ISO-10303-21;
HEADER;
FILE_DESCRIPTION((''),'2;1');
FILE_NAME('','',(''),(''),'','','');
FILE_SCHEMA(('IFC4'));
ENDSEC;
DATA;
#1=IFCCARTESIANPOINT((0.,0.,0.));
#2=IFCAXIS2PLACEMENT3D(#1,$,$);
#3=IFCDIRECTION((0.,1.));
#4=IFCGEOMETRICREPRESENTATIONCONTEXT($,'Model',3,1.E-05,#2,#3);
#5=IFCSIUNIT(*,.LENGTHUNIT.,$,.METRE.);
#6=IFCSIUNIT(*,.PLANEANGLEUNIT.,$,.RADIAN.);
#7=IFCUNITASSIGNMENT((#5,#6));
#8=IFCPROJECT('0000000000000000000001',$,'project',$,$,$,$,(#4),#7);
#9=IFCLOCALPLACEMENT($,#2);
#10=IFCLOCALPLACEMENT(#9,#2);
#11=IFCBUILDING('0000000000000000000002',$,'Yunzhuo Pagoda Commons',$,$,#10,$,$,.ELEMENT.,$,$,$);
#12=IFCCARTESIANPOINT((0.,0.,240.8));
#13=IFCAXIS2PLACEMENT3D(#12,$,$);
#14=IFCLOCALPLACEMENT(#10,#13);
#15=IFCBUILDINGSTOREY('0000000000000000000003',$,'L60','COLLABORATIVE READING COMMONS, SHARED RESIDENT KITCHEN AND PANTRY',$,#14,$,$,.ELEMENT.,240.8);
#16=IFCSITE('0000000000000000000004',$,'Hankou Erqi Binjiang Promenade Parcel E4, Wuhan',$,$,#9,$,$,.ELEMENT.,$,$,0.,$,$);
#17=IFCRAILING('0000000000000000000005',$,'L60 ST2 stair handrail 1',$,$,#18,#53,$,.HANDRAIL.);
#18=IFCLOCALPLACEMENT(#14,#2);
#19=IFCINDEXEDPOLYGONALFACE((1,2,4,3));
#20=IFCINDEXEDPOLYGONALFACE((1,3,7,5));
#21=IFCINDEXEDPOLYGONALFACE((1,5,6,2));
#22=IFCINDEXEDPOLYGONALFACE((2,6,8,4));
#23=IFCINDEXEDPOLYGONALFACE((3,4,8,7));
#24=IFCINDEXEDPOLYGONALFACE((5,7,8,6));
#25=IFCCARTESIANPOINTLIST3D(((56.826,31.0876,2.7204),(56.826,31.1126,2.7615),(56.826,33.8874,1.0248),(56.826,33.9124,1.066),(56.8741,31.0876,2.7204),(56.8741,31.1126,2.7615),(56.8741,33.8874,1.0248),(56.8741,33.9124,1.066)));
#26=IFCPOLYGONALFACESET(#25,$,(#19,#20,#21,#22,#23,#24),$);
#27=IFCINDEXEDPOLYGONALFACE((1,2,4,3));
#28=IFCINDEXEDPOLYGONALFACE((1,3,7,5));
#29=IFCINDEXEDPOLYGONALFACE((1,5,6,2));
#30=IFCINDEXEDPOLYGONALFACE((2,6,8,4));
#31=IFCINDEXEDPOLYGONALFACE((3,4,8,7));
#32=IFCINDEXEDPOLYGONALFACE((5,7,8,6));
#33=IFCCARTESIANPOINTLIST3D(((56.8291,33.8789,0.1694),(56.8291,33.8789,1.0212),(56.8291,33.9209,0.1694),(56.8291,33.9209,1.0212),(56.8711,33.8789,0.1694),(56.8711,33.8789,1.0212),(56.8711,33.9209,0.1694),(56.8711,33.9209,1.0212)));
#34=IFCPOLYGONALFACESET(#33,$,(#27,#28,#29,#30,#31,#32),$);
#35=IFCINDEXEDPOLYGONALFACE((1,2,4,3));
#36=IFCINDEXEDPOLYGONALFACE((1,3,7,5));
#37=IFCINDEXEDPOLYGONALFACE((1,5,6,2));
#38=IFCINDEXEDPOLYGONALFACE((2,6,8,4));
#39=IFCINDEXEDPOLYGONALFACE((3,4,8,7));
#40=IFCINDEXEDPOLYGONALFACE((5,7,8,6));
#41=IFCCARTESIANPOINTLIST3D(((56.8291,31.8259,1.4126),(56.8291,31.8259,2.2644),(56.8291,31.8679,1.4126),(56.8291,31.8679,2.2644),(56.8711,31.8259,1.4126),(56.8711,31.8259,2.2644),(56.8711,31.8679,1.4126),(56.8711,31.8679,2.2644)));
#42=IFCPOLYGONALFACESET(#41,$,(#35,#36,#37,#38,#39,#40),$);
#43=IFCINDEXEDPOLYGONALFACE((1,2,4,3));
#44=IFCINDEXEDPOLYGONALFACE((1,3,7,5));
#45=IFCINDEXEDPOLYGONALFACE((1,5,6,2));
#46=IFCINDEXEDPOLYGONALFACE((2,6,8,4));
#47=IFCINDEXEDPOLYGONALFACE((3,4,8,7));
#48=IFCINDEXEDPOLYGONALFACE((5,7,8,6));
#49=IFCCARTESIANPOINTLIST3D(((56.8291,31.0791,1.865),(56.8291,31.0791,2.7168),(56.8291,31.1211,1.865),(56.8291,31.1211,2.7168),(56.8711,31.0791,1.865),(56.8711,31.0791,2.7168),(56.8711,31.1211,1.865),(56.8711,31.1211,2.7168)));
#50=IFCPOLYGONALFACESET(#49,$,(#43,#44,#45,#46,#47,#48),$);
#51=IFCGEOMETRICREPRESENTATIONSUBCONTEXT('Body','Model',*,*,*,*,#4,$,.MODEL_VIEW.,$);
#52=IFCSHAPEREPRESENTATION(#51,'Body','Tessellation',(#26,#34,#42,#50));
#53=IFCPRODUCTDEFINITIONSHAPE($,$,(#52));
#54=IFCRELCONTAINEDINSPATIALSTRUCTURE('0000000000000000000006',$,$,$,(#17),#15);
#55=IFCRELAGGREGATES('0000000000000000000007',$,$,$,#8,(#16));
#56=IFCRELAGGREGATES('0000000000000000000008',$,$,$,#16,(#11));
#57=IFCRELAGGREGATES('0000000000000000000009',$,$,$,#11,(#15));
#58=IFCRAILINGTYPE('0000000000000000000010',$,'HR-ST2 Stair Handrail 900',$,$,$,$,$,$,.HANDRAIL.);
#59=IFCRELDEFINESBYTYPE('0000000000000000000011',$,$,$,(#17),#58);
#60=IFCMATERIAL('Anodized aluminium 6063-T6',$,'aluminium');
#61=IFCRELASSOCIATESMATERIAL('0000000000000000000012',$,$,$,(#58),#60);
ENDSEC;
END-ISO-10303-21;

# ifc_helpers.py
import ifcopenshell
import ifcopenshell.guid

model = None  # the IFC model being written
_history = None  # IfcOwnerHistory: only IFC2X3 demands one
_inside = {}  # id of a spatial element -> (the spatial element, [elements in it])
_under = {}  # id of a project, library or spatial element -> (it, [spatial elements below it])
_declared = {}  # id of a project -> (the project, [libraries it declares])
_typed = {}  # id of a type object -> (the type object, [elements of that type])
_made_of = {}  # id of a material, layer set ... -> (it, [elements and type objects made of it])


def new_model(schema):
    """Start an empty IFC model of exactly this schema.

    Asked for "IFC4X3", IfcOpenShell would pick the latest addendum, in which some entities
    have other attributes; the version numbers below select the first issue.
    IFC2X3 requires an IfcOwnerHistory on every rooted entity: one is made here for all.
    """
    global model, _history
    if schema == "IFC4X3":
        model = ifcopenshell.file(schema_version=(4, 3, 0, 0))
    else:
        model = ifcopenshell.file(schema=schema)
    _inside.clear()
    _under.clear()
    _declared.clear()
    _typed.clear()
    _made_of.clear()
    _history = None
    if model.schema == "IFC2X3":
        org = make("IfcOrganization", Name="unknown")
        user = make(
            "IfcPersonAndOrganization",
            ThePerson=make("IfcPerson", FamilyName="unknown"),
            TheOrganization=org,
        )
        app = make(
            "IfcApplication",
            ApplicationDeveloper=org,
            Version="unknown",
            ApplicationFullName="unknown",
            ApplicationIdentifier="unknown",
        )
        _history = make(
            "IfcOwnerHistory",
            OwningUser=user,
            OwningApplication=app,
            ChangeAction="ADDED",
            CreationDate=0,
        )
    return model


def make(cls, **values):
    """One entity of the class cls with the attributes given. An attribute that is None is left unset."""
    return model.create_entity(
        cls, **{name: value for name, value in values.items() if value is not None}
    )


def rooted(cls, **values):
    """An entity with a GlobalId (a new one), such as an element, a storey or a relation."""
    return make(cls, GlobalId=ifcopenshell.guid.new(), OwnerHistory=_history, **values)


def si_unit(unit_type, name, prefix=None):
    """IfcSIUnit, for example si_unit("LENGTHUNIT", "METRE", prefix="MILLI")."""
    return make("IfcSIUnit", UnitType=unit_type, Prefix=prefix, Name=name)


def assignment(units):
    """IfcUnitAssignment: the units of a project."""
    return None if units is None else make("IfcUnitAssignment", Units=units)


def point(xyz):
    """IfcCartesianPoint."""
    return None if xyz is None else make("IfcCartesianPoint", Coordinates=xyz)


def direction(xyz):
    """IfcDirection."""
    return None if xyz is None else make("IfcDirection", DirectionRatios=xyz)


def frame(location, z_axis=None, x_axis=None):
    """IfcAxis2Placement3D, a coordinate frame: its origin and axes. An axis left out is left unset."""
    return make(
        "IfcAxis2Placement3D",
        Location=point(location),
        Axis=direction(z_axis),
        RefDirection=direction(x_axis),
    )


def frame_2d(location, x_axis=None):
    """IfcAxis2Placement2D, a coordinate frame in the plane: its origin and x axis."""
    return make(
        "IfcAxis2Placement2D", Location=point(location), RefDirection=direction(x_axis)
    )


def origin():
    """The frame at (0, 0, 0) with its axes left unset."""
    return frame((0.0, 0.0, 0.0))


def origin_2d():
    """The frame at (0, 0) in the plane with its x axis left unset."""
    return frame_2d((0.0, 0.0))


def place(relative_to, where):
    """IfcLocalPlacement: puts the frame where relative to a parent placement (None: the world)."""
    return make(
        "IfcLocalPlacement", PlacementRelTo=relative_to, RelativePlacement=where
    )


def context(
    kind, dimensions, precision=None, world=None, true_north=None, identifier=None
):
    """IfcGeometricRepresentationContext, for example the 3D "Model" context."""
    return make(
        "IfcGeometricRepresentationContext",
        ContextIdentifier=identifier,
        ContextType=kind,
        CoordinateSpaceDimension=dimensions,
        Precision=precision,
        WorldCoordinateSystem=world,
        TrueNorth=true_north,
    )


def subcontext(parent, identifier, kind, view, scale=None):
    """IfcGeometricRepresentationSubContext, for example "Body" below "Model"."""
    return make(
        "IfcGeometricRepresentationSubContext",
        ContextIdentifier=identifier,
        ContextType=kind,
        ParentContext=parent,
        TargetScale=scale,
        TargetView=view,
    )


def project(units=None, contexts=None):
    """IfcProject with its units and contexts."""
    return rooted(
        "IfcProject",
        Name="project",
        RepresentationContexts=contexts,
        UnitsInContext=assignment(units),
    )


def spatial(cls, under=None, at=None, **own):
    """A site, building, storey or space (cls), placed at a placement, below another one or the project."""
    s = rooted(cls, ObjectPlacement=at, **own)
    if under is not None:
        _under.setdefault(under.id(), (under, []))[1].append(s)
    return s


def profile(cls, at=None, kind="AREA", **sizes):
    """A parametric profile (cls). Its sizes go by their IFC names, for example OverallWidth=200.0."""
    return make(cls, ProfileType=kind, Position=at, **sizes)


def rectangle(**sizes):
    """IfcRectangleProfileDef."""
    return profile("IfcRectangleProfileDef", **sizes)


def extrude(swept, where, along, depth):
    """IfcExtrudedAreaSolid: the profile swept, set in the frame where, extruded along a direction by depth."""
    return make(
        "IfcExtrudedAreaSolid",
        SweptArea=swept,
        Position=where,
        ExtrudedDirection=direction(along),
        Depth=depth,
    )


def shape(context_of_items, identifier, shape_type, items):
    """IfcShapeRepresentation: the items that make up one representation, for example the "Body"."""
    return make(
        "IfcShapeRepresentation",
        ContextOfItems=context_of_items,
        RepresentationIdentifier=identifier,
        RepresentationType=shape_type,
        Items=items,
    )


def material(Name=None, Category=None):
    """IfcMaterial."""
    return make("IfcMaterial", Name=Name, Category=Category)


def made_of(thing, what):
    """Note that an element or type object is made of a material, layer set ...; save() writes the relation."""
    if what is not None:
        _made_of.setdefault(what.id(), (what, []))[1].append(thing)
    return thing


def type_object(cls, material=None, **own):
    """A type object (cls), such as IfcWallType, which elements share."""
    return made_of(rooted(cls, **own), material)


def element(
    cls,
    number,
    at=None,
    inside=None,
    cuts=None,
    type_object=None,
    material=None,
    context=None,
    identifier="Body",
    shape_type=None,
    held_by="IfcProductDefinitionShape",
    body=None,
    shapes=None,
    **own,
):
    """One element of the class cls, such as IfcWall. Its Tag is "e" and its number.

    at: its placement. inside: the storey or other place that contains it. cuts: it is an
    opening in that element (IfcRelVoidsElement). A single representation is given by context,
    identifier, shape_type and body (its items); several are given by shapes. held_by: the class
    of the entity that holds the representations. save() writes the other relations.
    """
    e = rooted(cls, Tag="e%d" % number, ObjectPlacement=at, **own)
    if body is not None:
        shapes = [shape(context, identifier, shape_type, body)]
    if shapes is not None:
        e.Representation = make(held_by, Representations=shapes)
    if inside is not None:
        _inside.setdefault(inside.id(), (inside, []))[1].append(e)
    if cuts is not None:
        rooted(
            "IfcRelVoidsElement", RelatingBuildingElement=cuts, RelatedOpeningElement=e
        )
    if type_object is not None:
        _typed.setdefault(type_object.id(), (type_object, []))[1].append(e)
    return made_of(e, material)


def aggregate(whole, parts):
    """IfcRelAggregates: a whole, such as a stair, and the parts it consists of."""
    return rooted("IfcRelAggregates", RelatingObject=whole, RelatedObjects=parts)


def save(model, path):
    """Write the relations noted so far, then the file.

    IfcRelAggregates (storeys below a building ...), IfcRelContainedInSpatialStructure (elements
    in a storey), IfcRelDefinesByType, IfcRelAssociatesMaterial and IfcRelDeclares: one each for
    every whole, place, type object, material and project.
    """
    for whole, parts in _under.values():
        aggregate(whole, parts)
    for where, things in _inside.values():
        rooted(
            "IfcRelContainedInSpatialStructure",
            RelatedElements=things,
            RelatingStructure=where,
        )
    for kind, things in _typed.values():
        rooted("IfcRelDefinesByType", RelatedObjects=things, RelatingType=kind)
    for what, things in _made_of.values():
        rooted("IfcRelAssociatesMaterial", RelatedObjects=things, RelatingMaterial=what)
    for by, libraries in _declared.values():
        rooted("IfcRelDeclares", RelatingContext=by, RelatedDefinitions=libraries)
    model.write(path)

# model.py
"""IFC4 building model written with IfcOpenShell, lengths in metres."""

from ifc_helpers import new_model, si_unit, direction, frame, origin, origin_2d, place, context, subcontext, project, spatial, rectangle, extrude, material, type_object, element, save


model = new_model("IFC4")

# Units and contexts
model_context = context("Model", 3, precision=1e-05, world=origin(), true_north=direction((0.0, 1.0)))
body_context = subcontext(model_context, "Body", "Model", "MODEL_VIEW")
ifc_project = project(units=[si_unit("LENGTHUNIT", "METRE"), si_unit("PLANEANGLEUNIT", "RADIAN")], contexts=[model_context])

# Site, building, storey
site_placement = place(None, origin())
site = spatial("IfcSite", under=ifc_project, at=site_placement, Name="Hankou Erqi Binjiang Promenade Parcel E4, Wuhan", CompositionType="ELEMENT", RefElevation=0.0)
building_placement = place(site_placement, origin())
building = spatial("IfcBuilding", under=site, at=building_placement, Name="Yunzhuo Pagoda Commons", CompositionType="ELEMENT")
storey_placement = place(building_placement, frame((0.0, 0.0, 240.8)))
storey = spatial("IfcBuildingStorey", under=building, at=storey_placement, Name="L60", Description="COLLABORATIVE READING COMMONS, SHARED RESIDENT KITCHEN AND PANTRY", CompositionType="ELEMENT", Elevation=240.8)

# Railing
ifc_material_1 = material(Name="Anodized aluminium 6063-T6", Category="aluminium")
railing_type_1 = type_object("IfcRailingType", Name="HR-ST2 Stair Handrail 900", PredefinedType="HANDRAIL", material=ifc_material_1)
railing_1_placement = place(storey_placement, frame((56.8501, 33.8999, 0.1694)))
element("IfcRailing", 1, at=railing_1_placement, inside=storey, type_object=railing_type_1, Name="L60 ST2 stair handrail 1", PredefinedType="HANDRAIL", context=body_context, shape_type="SweptSolid", body=[
    extrude(rectangle(XDim=0.0481, YDim=0.0481, at=origin_2d()), frame((0.0, 0.0, 0.876), z_axis=(0.0, -0.855373, 0.518012), x_axis=(1.0, 0.0, 0.0)), (0.0, 0.0, 1.0), 3.2732),
    extrude(rectangle(XDim=0.042, YDim=0.042, at=origin_2d()), origin(), (0.0, 0.0, 1.0), 0.8518),
    extrude(rectangle(XDim=0.042, YDim=0.042, at=origin_2d()), frame((0.0, -2.053, 1.2432)), (0.0, 0.0, 1.0), 0.8518),
    extrude(rectangle(XDim=0.042, YDim=0.042, at=origin_2d()), frame((0.0, -2.7998, 1.6956)), (0.0, 0.0, 1.0), 0.8518),
])

save(model, "model.ifc")
